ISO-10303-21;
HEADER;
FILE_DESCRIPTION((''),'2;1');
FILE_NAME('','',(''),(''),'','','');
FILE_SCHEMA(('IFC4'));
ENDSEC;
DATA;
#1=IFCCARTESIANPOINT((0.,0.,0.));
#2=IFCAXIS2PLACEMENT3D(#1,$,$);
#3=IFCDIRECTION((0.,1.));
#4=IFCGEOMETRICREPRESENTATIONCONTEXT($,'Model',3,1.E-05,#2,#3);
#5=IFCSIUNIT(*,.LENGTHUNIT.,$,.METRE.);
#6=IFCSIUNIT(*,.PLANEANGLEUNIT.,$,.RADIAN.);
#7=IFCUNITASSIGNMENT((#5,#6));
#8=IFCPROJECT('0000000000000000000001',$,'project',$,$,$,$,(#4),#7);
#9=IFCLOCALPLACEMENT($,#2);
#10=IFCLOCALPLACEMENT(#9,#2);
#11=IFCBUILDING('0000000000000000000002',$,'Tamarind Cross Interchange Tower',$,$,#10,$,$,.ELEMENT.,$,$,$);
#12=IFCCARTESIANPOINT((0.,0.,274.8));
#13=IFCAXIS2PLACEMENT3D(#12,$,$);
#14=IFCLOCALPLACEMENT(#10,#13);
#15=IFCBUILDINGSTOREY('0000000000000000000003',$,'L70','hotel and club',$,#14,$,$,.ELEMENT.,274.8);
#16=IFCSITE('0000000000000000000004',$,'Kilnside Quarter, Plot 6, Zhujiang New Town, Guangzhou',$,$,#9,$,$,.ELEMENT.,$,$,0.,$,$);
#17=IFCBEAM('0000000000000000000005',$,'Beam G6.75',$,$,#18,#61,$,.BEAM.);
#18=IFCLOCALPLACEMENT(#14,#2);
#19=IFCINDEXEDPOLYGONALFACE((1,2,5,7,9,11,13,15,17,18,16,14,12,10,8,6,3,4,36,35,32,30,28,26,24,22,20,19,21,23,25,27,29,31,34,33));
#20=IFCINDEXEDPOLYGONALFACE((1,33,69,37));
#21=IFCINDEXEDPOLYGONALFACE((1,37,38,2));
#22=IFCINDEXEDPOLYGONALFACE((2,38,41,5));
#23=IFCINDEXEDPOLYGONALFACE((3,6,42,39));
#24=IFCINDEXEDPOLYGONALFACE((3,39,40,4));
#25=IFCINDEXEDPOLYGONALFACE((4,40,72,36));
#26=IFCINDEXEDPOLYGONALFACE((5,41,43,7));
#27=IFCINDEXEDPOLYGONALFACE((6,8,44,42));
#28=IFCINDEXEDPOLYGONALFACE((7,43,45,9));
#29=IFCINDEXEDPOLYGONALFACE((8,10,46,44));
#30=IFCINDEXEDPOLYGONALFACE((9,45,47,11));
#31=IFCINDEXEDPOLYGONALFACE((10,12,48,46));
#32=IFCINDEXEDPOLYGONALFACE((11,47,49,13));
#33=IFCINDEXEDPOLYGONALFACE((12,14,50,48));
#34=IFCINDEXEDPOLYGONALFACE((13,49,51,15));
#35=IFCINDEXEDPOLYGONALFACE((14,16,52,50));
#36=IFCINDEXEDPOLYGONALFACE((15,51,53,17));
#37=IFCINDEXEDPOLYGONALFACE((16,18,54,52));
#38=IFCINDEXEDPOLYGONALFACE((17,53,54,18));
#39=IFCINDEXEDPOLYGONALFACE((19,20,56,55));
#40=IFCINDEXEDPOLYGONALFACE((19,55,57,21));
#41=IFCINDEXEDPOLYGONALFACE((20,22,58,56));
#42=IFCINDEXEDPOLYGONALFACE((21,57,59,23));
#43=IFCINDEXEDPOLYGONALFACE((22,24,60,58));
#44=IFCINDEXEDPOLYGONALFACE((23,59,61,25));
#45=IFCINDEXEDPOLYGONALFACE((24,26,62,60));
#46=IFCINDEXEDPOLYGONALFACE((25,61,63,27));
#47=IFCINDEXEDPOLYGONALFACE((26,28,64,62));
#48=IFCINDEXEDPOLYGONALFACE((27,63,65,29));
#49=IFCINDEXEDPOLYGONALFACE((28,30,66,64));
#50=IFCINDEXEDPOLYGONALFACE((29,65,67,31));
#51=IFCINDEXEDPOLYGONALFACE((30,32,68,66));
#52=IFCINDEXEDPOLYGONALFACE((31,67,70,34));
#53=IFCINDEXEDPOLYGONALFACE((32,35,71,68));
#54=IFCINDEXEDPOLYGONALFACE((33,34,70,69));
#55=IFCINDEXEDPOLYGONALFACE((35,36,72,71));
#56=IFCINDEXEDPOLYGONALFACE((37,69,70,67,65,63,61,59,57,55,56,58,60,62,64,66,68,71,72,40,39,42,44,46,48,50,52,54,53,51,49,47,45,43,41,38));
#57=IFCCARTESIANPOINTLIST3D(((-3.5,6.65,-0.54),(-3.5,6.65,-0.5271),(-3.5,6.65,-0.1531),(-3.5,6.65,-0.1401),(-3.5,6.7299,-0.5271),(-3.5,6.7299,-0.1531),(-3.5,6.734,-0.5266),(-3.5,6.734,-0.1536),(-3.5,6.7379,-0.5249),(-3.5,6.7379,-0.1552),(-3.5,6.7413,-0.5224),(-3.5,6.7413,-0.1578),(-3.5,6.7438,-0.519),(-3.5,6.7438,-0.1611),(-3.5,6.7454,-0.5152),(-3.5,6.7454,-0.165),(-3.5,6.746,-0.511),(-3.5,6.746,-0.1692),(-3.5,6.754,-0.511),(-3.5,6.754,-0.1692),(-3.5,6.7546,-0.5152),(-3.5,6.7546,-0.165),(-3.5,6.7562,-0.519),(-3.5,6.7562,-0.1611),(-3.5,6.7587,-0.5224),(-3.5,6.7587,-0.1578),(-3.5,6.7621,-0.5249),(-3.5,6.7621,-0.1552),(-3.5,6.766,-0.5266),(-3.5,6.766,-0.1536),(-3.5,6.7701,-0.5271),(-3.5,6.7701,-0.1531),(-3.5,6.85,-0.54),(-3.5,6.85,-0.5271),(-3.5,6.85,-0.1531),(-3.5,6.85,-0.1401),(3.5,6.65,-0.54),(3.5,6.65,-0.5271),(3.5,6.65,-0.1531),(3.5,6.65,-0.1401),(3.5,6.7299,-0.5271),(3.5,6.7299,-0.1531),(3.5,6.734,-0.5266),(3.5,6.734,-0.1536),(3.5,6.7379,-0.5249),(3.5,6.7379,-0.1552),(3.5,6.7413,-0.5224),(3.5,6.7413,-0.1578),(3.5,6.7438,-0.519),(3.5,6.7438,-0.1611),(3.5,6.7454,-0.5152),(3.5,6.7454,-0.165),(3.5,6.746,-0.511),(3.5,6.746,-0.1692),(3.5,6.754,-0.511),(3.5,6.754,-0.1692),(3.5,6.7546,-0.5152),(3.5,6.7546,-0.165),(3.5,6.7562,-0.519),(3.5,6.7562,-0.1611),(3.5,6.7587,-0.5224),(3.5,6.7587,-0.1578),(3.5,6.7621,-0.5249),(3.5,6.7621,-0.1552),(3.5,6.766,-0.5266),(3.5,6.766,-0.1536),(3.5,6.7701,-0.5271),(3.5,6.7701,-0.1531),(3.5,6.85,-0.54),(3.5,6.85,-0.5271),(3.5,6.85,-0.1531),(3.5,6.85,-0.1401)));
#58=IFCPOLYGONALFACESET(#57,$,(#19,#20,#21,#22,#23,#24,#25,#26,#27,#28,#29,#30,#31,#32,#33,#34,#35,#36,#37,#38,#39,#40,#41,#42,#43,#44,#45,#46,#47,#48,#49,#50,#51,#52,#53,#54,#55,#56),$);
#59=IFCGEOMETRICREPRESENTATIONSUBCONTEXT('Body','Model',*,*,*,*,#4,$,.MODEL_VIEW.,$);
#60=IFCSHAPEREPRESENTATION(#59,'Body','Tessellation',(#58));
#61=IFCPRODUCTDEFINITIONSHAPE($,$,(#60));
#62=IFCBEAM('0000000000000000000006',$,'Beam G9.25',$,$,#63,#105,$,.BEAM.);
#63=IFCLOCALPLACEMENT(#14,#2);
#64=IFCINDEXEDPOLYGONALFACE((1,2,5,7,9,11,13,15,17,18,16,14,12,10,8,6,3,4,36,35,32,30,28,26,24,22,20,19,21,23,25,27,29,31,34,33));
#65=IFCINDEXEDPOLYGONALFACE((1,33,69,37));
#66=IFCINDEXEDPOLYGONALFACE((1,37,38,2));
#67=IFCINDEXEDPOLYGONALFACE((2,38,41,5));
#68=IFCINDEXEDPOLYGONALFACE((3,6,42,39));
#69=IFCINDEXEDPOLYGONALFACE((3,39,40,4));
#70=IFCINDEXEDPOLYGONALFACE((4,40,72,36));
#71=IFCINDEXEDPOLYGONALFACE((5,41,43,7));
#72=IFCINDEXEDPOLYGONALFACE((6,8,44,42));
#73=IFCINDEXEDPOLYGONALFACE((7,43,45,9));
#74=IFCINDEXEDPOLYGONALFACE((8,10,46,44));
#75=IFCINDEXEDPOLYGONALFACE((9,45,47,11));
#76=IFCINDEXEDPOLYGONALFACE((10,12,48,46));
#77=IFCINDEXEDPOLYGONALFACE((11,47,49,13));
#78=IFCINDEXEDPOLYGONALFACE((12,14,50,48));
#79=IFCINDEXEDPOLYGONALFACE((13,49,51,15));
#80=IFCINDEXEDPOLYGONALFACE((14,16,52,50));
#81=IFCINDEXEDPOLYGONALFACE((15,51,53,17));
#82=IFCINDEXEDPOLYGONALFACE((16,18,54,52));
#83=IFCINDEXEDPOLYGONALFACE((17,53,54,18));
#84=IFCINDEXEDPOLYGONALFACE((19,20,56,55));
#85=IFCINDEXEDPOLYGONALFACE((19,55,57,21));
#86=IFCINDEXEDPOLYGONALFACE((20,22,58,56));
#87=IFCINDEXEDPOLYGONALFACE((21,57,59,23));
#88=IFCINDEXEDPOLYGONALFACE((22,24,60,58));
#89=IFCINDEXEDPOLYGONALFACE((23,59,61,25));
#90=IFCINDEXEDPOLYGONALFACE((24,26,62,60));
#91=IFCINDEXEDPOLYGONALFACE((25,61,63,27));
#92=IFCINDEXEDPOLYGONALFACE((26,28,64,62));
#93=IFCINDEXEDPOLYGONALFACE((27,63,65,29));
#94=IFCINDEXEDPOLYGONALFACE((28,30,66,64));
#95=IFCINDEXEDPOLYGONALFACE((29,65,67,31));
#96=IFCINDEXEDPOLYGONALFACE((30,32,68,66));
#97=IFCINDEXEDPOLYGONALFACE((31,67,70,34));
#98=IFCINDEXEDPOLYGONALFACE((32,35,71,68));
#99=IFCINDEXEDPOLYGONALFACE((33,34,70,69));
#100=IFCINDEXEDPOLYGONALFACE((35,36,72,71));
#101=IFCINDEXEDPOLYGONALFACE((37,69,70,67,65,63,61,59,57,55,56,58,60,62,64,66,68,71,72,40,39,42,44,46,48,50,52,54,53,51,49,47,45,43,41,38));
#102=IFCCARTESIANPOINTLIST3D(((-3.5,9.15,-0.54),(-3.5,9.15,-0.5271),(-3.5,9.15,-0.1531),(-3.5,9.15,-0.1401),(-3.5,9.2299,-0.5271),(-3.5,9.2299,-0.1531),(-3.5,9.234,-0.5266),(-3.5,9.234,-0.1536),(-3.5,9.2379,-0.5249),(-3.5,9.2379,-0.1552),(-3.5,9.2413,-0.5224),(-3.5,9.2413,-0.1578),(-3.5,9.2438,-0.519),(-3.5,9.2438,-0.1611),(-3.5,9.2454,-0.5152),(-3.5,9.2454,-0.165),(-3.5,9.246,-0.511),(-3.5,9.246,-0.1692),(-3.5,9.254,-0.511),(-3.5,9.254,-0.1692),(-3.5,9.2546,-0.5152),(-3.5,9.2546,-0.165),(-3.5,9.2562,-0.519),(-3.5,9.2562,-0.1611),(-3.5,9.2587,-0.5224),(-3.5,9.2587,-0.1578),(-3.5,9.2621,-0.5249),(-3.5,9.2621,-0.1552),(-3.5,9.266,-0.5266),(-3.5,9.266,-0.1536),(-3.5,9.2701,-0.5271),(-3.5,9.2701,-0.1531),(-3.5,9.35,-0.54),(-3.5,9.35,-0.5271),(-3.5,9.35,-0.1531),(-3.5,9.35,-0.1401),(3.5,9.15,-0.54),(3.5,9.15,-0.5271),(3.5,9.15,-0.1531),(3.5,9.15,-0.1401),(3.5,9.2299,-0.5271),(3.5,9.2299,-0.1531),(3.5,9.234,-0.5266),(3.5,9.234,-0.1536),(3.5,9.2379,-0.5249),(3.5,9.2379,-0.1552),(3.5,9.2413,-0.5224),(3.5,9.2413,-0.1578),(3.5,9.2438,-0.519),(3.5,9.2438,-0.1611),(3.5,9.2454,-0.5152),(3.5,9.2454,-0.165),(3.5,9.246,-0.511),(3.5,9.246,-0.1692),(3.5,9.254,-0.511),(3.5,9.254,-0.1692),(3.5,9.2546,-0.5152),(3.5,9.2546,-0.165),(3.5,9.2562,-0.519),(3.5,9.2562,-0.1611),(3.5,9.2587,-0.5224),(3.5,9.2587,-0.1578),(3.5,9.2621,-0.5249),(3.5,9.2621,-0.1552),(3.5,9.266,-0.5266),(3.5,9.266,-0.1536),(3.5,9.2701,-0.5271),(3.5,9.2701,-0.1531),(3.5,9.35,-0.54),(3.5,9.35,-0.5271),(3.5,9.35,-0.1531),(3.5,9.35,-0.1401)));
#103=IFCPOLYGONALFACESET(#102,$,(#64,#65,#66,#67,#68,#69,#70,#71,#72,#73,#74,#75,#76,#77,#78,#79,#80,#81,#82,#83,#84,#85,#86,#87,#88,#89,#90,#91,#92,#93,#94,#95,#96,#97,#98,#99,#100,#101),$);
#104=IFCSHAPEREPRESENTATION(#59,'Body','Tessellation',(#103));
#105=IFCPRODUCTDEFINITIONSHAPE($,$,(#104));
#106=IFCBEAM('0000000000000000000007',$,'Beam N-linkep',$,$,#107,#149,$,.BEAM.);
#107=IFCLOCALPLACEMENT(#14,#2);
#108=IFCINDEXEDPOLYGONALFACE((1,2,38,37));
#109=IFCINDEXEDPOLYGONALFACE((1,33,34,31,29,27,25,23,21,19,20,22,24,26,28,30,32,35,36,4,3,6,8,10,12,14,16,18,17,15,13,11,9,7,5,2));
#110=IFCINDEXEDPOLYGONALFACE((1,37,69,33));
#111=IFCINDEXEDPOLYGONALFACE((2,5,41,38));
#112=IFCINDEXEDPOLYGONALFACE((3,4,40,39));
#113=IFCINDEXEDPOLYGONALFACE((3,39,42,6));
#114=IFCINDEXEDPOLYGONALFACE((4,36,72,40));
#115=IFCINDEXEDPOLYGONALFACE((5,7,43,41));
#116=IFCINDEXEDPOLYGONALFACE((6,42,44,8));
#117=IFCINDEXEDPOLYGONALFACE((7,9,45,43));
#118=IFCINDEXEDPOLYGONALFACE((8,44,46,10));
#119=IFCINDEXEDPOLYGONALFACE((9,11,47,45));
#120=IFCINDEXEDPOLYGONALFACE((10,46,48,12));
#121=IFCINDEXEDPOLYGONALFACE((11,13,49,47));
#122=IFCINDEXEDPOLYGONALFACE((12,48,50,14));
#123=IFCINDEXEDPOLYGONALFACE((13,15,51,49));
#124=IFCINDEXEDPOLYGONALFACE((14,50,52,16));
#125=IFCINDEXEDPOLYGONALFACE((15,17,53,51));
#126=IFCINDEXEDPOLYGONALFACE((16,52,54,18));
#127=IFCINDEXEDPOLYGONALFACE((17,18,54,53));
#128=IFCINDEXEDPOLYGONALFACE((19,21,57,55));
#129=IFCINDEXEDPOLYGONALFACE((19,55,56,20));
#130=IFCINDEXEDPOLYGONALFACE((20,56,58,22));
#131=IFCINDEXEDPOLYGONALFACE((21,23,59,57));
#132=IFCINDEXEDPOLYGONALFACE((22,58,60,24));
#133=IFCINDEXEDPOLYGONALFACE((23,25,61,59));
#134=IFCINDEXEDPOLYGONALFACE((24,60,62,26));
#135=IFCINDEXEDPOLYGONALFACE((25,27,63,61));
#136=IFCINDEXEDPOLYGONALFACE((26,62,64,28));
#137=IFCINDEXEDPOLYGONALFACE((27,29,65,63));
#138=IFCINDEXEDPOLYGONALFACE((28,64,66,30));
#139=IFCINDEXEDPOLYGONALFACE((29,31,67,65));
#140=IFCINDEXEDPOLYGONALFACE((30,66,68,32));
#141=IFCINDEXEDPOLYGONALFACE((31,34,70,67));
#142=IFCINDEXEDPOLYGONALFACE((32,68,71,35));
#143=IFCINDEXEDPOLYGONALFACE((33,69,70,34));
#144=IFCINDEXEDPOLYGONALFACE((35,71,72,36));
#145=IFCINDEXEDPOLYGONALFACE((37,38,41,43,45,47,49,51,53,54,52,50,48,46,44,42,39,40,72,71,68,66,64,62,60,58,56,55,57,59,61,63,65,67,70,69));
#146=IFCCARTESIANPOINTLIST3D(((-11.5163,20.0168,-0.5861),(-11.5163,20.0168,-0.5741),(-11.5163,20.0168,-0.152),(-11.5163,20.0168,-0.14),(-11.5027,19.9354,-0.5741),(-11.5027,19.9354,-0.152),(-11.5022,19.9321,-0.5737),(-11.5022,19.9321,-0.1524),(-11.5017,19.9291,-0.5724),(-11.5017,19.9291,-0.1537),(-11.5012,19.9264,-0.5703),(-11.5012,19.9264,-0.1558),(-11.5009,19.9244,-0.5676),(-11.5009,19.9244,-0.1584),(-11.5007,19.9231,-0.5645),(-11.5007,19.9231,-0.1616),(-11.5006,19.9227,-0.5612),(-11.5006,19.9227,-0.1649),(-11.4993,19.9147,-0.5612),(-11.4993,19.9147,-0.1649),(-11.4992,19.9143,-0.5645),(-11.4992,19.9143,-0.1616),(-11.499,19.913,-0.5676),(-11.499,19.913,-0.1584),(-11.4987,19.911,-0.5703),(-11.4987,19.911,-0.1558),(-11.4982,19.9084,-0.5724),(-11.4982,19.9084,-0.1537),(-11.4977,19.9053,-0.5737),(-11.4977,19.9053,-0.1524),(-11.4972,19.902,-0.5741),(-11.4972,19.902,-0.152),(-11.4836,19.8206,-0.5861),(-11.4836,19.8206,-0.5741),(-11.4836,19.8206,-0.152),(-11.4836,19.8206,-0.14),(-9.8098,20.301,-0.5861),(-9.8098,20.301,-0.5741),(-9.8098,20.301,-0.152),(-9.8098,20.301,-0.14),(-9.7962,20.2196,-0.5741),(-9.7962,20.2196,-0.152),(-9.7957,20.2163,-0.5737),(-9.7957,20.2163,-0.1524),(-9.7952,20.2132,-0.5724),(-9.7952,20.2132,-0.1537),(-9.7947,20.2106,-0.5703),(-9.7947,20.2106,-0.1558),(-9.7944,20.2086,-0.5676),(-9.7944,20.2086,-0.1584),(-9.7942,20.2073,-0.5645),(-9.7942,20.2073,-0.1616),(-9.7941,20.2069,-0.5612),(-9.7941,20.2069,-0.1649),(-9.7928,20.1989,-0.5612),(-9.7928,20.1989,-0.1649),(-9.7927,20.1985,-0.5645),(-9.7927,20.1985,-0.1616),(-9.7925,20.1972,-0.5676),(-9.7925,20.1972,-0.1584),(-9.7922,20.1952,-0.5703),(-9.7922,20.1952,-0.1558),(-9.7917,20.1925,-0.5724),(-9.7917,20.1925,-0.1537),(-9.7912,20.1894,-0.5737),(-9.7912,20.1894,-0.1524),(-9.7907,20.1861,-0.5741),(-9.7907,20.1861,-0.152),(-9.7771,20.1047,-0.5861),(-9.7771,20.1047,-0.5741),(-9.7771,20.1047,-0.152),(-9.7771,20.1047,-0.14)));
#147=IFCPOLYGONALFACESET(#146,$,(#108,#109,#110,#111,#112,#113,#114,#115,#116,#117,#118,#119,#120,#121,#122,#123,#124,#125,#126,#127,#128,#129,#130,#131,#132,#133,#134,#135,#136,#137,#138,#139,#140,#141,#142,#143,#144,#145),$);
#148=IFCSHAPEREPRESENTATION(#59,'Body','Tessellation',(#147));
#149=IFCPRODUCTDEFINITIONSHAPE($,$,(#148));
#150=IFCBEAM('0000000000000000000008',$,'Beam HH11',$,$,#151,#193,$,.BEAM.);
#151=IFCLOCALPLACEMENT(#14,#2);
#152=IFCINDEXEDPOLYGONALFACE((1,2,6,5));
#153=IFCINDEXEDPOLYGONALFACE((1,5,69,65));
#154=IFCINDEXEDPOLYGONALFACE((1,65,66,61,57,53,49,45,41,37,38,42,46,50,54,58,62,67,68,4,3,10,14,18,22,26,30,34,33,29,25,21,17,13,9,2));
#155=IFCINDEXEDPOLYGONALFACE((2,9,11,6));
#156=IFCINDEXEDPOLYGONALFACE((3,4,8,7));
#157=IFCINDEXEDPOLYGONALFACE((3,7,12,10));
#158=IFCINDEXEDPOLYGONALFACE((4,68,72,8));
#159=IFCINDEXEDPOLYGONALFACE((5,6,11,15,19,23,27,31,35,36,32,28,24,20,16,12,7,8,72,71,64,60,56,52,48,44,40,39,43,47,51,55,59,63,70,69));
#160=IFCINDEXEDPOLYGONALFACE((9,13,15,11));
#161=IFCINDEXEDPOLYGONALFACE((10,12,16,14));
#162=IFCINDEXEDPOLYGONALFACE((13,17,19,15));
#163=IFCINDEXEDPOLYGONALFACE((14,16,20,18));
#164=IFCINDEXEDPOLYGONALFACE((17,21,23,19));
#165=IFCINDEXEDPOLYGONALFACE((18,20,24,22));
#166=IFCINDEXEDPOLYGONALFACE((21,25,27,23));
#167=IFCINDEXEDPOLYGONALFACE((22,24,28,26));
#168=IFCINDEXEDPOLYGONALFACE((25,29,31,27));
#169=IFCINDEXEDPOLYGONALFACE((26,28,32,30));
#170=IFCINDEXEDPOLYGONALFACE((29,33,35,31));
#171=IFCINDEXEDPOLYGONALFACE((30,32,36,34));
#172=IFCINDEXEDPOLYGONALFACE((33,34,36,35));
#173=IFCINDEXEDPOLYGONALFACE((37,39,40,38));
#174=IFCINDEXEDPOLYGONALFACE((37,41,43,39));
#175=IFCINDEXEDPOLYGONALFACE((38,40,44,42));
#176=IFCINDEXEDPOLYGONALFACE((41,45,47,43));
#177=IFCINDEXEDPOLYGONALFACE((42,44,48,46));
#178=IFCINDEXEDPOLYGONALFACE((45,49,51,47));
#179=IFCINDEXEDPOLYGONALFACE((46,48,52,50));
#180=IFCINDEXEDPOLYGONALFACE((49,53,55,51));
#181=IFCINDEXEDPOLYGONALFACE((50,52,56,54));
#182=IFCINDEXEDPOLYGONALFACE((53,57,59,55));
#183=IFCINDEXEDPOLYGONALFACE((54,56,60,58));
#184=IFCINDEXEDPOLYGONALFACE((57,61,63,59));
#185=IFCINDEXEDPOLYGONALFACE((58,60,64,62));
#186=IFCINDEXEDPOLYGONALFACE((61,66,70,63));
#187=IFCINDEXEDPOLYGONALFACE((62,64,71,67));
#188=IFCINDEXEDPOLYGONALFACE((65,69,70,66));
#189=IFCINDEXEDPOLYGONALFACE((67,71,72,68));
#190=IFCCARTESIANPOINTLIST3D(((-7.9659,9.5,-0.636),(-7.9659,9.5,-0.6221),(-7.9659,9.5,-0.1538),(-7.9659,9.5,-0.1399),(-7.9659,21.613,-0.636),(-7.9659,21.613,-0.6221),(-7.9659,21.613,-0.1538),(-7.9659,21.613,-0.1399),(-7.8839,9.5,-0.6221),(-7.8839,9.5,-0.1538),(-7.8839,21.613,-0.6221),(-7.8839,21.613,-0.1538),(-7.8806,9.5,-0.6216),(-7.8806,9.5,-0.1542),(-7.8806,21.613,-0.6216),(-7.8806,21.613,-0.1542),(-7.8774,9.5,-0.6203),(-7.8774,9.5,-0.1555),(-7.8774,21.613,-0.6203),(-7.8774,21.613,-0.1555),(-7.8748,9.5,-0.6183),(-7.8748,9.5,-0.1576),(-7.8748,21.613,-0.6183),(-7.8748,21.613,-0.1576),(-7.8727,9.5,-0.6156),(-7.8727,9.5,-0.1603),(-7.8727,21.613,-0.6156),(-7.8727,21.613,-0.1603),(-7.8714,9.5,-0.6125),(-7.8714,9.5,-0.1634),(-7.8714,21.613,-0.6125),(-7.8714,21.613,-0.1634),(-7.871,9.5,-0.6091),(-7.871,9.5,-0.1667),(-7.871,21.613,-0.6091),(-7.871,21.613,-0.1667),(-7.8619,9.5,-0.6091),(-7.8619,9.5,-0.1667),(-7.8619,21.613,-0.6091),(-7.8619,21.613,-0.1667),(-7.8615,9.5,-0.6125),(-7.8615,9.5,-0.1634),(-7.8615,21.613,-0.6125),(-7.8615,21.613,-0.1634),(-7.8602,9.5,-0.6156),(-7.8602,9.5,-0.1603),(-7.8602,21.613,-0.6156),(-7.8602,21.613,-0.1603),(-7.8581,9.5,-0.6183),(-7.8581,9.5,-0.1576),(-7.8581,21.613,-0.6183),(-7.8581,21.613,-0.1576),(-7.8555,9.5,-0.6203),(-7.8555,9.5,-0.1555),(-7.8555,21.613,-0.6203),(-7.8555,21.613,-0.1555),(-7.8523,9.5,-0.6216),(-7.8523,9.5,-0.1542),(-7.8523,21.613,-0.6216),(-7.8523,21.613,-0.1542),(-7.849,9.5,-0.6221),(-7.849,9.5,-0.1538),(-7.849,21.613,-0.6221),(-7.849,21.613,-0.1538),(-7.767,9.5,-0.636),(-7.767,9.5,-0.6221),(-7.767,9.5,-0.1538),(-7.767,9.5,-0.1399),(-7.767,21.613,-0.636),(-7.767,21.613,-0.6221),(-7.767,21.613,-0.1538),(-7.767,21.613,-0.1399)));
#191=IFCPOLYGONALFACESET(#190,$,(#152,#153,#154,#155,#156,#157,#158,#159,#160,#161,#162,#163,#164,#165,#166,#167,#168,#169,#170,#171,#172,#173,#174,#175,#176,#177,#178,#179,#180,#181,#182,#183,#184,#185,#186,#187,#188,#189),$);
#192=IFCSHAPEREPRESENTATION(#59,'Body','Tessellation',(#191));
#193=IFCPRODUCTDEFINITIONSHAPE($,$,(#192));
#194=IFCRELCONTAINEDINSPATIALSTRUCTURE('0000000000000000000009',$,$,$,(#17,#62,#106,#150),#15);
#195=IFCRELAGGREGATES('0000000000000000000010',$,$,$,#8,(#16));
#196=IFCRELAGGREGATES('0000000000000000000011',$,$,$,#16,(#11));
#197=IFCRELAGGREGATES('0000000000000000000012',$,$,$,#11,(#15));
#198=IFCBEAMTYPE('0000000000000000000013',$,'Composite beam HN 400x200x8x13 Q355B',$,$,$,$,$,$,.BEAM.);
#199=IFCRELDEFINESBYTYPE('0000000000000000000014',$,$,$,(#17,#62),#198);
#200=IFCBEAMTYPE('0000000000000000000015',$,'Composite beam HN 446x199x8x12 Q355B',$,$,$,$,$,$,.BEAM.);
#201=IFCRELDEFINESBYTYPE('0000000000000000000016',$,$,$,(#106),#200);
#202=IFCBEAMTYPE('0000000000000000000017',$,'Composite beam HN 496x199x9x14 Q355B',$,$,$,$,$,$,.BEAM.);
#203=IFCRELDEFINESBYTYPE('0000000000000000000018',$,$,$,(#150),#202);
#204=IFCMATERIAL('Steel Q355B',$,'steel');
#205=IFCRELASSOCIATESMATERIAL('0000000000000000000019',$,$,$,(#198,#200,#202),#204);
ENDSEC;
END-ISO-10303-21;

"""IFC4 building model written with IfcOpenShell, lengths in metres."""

from ifc_helpers import new_model, si_unit, direction, frame, origin, origin_2d, place, context, subcontext, project, spatial, i_section, extrude, material, material_profile, profile_set, type_object, element, save


model = new_model("IFC4")

# Units and contexts
model_context = context("Model", 3, precision=1e-05, world=origin(), true_north=direction((0.0, 1.0)))
body_context = subcontext(model_context, "Body", "Model", "MODEL_VIEW")
ifc_project = project(units=[si_unit("LENGTHUNIT", "METRE"), si_unit("PLANEANGLEUNIT", "RADIAN")], contexts=[model_context])

# Site, building, storey
site_placement = place(None, origin())
site = spatial("IfcSite", under=ifc_project, at=site_placement, Name="Kilnside Quarter, Plot 6, Zhujiang New Town, Guangzhou", CompositionType="ELEMENT", RefElevation=0.0)
building_placement = place(site_placement, origin())
building = spatial("IfcBuilding", under=site, at=building_placement, Name="Tamarind Cross Interchange Tower", CompositionType="ELEMENT")
storey_placement = place(building_placement, frame((0.0, 0.0, 274.8)))
storey = spatial("IfcBuildingStorey", under=building, at=storey_placement, Name="L70", Description="hotel and club", CompositionType="ELEMENT", Elevation=274.8)

# Beams
ifc_material_1 = material(Name="Steel Q355B", Category="steel")
ifc_material_profile_1 = material_profile(ifc_material_1, i_section(OverallWidth=0.2, OverallDepth=0.3999, WebThickness=0.0081, FlangeThickness=0.0129, FilletRadius=0.0161, at=origin_2d()), Name="HN 400x200x8x13")
ifc_profile_set_1 = profile_set([ifc_material_profile_1], Name="Steel Q355B")
beam_type_1 = type_object("IfcBeamType", Name="Composite beam HN 400x200x8x13 Q355B", PredefinedType="BEAM", material=ifc_profile_set_1)
for number, where, z_axis, x_axis, name in (
    (1, (-3.5, 6.75, -0.3401), (1.0, 0.0, 0.0), (0.0, 1.0, 0.0), "Beam G6.75"),
    (2, (-3.5, 9.25, -0.3401), (1.0, 0.0, 0.0), (0.0, 1.0, 0.0), "Beam G9.25"),
):
    element("IfcBeam", number, at=place(storey_placement, frame(where, z_axis=z_axis, x_axis=x_axis)), inside=storey, type_object=beam_type_1, Name=name, PredefinedType="BEAM", context=body_context, shape_type="SweptSolid", body=[
        extrude(i_section(OverallWidth=0.2, OverallDepth=0.3999, WebThickness=0.0081, FlangeThickness=0.0129, FilletRadius=0.0161, at=origin_2d()), origin(), (0.0, 0.0, 1.0), 7.0),
    ])
ifc_material_profile_2 = material_profile(ifc_material_1, i_section(OverallWidth=0.199, OverallDepth=0.446, WebThickness=0.0081, FlangeThickness=0.012, FilletRadius=0.0129, at=origin_2d()), Name="HN 446x199x8x12")
ifc_profile_set_2 = profile_set([ifc_material_profile_2], Name="Steel Q355B")
beam_type_2 = type_object("IfcBeamType", Name="Composite beam HN 446x199x8x12 Q355B", PredefinedType="BEAM", material=ifc_profile_set_2)
beam_1_placement = place(storey_placement, frame((-9.7935, 20.2029, -0.363), z_axis=(-0.986417, -0.164262, 0.0), x_axis=(0.164262, -0.986417, 0.0)))
element("IfcBeam", 3, at=beam_1_placement, inside=storey, type_object=beam_type_2, Name="Beam N-linkep", PredefinedType="BEAM", context=body_context, shape_type="SweptSolid", body=[
    extrude(i_section(OverallWidth=0.199, OverallDepth=0.446, WebThickness=0.0081, FlangeThickness=0.012, FilletRadius=0.0129, at=origin_2d()), origin(), (0.0, 0.0, 1.0), 1.73),
])
ifc_material_profile_3 = material_profile(ifc_material_1, i_section(OverallWidth=0.199, OverallDepth=0.4961, WebThickness=0.009, FlangeThickness=0.0139, FilletRadius=0.0129, at=origin_2d()), Name="HN 496x199x9x14")
ifc_profile_set_3 = profile_set([ifc_material_profile_3], Name="Steel Q355B")
beam_type_3 = type_object("IfcBeamType", Name="Composite beam HN 496x199x9x14 Q355B", PredefinedType="BEAM", material=ifc_profile_set_3)
beam_2_placement = place(storey_placement, frame((-7.8665, 21.613, -0.3879), z_axis=(0.0, -1.0, 0.0), x_axis=(1.0, 0.0, 0.0)))
element("IfcBeam", 4, at=beam_2_placement, inside=storey, type_object=beam_type_3, Name="Beam HH11", PredefinedType="BEAM", context=body_context, shape_type="SweptSolid", body=[
    extrude(i_section(OverallWidth=0.199, OverallDepth=0.4961, WebThickness=0.009, FlangeThickness=0.0139, FilletRadius=0.0129, at=origin_2d()), origin(), (0.0, 0.0, 1.0), 12.113),
])

save(model, "model.ifc")
